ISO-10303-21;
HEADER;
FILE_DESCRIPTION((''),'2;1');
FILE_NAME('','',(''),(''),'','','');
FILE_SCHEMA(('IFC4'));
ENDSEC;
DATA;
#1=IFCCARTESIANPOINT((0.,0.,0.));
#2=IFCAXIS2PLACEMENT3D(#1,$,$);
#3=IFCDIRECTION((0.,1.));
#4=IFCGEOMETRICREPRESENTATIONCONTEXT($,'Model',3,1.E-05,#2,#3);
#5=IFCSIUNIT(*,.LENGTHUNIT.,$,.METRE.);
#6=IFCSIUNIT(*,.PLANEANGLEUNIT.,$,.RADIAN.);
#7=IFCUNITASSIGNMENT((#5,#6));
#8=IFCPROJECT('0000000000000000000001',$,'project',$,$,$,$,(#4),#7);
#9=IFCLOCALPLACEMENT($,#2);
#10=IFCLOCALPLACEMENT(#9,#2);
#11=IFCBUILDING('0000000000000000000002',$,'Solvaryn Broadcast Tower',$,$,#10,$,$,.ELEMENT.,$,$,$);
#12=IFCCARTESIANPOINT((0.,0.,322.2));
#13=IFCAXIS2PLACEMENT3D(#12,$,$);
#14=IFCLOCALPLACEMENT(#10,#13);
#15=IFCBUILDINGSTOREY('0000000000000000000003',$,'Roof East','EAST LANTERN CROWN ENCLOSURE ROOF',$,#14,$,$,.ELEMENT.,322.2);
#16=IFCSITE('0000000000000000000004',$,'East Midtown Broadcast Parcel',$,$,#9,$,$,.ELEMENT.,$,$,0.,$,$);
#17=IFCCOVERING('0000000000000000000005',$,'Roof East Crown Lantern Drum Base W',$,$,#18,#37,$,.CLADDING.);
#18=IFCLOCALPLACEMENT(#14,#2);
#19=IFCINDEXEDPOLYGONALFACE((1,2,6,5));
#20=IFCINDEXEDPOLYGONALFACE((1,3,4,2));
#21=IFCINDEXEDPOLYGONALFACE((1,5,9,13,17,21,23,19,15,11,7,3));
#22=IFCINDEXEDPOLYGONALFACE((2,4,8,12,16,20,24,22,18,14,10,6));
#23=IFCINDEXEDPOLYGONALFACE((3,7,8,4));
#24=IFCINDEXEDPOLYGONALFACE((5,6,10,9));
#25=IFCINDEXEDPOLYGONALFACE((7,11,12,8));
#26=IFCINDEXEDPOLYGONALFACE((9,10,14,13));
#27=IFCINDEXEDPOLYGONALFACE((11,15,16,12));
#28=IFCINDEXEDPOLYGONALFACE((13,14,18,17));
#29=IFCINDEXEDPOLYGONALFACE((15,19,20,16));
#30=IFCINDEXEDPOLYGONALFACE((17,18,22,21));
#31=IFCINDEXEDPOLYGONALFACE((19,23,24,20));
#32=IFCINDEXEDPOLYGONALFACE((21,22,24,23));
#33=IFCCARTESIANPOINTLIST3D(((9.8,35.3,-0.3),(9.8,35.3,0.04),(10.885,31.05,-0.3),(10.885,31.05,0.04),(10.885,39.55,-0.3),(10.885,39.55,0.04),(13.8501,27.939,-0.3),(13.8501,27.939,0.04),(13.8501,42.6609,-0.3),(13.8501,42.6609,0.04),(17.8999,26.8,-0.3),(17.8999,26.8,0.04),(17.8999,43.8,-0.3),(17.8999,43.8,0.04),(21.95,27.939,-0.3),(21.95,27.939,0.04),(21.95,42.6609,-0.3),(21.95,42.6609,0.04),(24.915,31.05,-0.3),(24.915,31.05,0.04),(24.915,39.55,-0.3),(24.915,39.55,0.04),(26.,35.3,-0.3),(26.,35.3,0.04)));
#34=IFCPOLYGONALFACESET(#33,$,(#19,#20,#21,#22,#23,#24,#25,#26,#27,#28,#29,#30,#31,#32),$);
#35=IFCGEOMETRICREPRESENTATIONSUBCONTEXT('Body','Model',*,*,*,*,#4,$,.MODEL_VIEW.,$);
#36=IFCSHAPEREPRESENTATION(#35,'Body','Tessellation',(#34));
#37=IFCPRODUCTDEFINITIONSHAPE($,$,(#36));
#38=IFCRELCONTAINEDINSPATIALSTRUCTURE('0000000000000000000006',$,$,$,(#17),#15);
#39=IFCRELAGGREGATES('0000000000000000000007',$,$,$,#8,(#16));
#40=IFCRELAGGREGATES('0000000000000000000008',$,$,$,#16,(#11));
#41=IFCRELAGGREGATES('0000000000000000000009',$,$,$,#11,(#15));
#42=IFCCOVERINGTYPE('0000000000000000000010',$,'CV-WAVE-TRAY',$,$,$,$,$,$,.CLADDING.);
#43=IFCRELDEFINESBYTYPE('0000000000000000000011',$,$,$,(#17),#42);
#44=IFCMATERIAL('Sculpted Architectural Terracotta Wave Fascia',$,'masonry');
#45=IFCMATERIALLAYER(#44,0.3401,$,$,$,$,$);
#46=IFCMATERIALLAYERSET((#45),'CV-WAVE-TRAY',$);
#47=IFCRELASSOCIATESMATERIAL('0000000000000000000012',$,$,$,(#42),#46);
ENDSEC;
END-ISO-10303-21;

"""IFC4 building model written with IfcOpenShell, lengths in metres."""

from ifc_helpers import new_model, si_unit, direction, frame, origin, place, context, subcontext, project, spatial, polyline, outline, extrude, material, layer, layer_set, type_object, element, save


model = new_model("IFC4")

# Units and contexts
model_context = context("Model", 3, precision=1e-05, world=origin(), true_north=direction((0.0, 1.0)))
body_context = subcontext(model_context, "Body", "Model", "MODEL_VIEW")
ifc_project = project(units=[si_unit("LENGTHUNIT", "METRE"), si_unit("PLANEANGLEUNIT", "RADIAN")], contexts=[model_context])

# Site, building, storey
site_placement = place(None, origin())
site = spatial("IfcSite", under=ifc_project, at=site_placement, Name="East Midtown Broadcast Parcel", CompositionType="ELEMENT", RefElevation=0.0)
building_placement = place(site_placement, origin())
building = spatial("IfcBuilding", under=site, at=building_placement, Name="Solvaryn Broadcast Tower", CompositionType="ELEMENT")
storey_placement = place(building_placement, frame((0.0, 0.0, 322.2)))
storey = spatial("IfcBuildingStorey", under=building, at=storey_placement, Name="Roof East", Description="EAST LANTERN CROWN ENCLOSURE ROOF", CompositionType="ELEMENT", Elevation=322.2)

# Covering
ifc_material_1 = material(Name="Sculpted Architectural Terracotta Wave Fascia", Category="masonry")
ifc_layer_1 = layer(ifc_material_1, 0.3401)
ifc_layer_set_1 = layer_set([ifc_layer_1], Name="CV-WAVE-TRAY")
covering_type_1 = type_object("IfcCoveringType", Name="CV-WAVE-TRAY", PredefinedType="CLADDING", material=ifc_layer_set_1)
covering_1_placement = place(storey_placement, frame((0.0, 0.0, -0.3)))
element("IfcCovering", 1, at=covering_1_placement, inside=storey, type_object=covering_type_1, Name="Roof East Crown Lantern Drum Base W", PredefinedType="CLADDING", context=body_context, shape_type="SweptSolid", body=[
    extrude(outline(polyline([(26.0, 35.3), (24.915, 39.55), (21.95, 42.6609), (17.8999, 43.8), (13.8501, 42.6609), (10.885, 39.55), (9.8, 35.3), (10.885, 31.05), (13.8501, 27.939), (17.8999, 26.8), (21.95, 27.939), (24.915, 31.05), (26.0, 35.3)])), origin(), (0.0, 0.0, 1.0), 0.3401),
])

save(model, "model.ifc")
